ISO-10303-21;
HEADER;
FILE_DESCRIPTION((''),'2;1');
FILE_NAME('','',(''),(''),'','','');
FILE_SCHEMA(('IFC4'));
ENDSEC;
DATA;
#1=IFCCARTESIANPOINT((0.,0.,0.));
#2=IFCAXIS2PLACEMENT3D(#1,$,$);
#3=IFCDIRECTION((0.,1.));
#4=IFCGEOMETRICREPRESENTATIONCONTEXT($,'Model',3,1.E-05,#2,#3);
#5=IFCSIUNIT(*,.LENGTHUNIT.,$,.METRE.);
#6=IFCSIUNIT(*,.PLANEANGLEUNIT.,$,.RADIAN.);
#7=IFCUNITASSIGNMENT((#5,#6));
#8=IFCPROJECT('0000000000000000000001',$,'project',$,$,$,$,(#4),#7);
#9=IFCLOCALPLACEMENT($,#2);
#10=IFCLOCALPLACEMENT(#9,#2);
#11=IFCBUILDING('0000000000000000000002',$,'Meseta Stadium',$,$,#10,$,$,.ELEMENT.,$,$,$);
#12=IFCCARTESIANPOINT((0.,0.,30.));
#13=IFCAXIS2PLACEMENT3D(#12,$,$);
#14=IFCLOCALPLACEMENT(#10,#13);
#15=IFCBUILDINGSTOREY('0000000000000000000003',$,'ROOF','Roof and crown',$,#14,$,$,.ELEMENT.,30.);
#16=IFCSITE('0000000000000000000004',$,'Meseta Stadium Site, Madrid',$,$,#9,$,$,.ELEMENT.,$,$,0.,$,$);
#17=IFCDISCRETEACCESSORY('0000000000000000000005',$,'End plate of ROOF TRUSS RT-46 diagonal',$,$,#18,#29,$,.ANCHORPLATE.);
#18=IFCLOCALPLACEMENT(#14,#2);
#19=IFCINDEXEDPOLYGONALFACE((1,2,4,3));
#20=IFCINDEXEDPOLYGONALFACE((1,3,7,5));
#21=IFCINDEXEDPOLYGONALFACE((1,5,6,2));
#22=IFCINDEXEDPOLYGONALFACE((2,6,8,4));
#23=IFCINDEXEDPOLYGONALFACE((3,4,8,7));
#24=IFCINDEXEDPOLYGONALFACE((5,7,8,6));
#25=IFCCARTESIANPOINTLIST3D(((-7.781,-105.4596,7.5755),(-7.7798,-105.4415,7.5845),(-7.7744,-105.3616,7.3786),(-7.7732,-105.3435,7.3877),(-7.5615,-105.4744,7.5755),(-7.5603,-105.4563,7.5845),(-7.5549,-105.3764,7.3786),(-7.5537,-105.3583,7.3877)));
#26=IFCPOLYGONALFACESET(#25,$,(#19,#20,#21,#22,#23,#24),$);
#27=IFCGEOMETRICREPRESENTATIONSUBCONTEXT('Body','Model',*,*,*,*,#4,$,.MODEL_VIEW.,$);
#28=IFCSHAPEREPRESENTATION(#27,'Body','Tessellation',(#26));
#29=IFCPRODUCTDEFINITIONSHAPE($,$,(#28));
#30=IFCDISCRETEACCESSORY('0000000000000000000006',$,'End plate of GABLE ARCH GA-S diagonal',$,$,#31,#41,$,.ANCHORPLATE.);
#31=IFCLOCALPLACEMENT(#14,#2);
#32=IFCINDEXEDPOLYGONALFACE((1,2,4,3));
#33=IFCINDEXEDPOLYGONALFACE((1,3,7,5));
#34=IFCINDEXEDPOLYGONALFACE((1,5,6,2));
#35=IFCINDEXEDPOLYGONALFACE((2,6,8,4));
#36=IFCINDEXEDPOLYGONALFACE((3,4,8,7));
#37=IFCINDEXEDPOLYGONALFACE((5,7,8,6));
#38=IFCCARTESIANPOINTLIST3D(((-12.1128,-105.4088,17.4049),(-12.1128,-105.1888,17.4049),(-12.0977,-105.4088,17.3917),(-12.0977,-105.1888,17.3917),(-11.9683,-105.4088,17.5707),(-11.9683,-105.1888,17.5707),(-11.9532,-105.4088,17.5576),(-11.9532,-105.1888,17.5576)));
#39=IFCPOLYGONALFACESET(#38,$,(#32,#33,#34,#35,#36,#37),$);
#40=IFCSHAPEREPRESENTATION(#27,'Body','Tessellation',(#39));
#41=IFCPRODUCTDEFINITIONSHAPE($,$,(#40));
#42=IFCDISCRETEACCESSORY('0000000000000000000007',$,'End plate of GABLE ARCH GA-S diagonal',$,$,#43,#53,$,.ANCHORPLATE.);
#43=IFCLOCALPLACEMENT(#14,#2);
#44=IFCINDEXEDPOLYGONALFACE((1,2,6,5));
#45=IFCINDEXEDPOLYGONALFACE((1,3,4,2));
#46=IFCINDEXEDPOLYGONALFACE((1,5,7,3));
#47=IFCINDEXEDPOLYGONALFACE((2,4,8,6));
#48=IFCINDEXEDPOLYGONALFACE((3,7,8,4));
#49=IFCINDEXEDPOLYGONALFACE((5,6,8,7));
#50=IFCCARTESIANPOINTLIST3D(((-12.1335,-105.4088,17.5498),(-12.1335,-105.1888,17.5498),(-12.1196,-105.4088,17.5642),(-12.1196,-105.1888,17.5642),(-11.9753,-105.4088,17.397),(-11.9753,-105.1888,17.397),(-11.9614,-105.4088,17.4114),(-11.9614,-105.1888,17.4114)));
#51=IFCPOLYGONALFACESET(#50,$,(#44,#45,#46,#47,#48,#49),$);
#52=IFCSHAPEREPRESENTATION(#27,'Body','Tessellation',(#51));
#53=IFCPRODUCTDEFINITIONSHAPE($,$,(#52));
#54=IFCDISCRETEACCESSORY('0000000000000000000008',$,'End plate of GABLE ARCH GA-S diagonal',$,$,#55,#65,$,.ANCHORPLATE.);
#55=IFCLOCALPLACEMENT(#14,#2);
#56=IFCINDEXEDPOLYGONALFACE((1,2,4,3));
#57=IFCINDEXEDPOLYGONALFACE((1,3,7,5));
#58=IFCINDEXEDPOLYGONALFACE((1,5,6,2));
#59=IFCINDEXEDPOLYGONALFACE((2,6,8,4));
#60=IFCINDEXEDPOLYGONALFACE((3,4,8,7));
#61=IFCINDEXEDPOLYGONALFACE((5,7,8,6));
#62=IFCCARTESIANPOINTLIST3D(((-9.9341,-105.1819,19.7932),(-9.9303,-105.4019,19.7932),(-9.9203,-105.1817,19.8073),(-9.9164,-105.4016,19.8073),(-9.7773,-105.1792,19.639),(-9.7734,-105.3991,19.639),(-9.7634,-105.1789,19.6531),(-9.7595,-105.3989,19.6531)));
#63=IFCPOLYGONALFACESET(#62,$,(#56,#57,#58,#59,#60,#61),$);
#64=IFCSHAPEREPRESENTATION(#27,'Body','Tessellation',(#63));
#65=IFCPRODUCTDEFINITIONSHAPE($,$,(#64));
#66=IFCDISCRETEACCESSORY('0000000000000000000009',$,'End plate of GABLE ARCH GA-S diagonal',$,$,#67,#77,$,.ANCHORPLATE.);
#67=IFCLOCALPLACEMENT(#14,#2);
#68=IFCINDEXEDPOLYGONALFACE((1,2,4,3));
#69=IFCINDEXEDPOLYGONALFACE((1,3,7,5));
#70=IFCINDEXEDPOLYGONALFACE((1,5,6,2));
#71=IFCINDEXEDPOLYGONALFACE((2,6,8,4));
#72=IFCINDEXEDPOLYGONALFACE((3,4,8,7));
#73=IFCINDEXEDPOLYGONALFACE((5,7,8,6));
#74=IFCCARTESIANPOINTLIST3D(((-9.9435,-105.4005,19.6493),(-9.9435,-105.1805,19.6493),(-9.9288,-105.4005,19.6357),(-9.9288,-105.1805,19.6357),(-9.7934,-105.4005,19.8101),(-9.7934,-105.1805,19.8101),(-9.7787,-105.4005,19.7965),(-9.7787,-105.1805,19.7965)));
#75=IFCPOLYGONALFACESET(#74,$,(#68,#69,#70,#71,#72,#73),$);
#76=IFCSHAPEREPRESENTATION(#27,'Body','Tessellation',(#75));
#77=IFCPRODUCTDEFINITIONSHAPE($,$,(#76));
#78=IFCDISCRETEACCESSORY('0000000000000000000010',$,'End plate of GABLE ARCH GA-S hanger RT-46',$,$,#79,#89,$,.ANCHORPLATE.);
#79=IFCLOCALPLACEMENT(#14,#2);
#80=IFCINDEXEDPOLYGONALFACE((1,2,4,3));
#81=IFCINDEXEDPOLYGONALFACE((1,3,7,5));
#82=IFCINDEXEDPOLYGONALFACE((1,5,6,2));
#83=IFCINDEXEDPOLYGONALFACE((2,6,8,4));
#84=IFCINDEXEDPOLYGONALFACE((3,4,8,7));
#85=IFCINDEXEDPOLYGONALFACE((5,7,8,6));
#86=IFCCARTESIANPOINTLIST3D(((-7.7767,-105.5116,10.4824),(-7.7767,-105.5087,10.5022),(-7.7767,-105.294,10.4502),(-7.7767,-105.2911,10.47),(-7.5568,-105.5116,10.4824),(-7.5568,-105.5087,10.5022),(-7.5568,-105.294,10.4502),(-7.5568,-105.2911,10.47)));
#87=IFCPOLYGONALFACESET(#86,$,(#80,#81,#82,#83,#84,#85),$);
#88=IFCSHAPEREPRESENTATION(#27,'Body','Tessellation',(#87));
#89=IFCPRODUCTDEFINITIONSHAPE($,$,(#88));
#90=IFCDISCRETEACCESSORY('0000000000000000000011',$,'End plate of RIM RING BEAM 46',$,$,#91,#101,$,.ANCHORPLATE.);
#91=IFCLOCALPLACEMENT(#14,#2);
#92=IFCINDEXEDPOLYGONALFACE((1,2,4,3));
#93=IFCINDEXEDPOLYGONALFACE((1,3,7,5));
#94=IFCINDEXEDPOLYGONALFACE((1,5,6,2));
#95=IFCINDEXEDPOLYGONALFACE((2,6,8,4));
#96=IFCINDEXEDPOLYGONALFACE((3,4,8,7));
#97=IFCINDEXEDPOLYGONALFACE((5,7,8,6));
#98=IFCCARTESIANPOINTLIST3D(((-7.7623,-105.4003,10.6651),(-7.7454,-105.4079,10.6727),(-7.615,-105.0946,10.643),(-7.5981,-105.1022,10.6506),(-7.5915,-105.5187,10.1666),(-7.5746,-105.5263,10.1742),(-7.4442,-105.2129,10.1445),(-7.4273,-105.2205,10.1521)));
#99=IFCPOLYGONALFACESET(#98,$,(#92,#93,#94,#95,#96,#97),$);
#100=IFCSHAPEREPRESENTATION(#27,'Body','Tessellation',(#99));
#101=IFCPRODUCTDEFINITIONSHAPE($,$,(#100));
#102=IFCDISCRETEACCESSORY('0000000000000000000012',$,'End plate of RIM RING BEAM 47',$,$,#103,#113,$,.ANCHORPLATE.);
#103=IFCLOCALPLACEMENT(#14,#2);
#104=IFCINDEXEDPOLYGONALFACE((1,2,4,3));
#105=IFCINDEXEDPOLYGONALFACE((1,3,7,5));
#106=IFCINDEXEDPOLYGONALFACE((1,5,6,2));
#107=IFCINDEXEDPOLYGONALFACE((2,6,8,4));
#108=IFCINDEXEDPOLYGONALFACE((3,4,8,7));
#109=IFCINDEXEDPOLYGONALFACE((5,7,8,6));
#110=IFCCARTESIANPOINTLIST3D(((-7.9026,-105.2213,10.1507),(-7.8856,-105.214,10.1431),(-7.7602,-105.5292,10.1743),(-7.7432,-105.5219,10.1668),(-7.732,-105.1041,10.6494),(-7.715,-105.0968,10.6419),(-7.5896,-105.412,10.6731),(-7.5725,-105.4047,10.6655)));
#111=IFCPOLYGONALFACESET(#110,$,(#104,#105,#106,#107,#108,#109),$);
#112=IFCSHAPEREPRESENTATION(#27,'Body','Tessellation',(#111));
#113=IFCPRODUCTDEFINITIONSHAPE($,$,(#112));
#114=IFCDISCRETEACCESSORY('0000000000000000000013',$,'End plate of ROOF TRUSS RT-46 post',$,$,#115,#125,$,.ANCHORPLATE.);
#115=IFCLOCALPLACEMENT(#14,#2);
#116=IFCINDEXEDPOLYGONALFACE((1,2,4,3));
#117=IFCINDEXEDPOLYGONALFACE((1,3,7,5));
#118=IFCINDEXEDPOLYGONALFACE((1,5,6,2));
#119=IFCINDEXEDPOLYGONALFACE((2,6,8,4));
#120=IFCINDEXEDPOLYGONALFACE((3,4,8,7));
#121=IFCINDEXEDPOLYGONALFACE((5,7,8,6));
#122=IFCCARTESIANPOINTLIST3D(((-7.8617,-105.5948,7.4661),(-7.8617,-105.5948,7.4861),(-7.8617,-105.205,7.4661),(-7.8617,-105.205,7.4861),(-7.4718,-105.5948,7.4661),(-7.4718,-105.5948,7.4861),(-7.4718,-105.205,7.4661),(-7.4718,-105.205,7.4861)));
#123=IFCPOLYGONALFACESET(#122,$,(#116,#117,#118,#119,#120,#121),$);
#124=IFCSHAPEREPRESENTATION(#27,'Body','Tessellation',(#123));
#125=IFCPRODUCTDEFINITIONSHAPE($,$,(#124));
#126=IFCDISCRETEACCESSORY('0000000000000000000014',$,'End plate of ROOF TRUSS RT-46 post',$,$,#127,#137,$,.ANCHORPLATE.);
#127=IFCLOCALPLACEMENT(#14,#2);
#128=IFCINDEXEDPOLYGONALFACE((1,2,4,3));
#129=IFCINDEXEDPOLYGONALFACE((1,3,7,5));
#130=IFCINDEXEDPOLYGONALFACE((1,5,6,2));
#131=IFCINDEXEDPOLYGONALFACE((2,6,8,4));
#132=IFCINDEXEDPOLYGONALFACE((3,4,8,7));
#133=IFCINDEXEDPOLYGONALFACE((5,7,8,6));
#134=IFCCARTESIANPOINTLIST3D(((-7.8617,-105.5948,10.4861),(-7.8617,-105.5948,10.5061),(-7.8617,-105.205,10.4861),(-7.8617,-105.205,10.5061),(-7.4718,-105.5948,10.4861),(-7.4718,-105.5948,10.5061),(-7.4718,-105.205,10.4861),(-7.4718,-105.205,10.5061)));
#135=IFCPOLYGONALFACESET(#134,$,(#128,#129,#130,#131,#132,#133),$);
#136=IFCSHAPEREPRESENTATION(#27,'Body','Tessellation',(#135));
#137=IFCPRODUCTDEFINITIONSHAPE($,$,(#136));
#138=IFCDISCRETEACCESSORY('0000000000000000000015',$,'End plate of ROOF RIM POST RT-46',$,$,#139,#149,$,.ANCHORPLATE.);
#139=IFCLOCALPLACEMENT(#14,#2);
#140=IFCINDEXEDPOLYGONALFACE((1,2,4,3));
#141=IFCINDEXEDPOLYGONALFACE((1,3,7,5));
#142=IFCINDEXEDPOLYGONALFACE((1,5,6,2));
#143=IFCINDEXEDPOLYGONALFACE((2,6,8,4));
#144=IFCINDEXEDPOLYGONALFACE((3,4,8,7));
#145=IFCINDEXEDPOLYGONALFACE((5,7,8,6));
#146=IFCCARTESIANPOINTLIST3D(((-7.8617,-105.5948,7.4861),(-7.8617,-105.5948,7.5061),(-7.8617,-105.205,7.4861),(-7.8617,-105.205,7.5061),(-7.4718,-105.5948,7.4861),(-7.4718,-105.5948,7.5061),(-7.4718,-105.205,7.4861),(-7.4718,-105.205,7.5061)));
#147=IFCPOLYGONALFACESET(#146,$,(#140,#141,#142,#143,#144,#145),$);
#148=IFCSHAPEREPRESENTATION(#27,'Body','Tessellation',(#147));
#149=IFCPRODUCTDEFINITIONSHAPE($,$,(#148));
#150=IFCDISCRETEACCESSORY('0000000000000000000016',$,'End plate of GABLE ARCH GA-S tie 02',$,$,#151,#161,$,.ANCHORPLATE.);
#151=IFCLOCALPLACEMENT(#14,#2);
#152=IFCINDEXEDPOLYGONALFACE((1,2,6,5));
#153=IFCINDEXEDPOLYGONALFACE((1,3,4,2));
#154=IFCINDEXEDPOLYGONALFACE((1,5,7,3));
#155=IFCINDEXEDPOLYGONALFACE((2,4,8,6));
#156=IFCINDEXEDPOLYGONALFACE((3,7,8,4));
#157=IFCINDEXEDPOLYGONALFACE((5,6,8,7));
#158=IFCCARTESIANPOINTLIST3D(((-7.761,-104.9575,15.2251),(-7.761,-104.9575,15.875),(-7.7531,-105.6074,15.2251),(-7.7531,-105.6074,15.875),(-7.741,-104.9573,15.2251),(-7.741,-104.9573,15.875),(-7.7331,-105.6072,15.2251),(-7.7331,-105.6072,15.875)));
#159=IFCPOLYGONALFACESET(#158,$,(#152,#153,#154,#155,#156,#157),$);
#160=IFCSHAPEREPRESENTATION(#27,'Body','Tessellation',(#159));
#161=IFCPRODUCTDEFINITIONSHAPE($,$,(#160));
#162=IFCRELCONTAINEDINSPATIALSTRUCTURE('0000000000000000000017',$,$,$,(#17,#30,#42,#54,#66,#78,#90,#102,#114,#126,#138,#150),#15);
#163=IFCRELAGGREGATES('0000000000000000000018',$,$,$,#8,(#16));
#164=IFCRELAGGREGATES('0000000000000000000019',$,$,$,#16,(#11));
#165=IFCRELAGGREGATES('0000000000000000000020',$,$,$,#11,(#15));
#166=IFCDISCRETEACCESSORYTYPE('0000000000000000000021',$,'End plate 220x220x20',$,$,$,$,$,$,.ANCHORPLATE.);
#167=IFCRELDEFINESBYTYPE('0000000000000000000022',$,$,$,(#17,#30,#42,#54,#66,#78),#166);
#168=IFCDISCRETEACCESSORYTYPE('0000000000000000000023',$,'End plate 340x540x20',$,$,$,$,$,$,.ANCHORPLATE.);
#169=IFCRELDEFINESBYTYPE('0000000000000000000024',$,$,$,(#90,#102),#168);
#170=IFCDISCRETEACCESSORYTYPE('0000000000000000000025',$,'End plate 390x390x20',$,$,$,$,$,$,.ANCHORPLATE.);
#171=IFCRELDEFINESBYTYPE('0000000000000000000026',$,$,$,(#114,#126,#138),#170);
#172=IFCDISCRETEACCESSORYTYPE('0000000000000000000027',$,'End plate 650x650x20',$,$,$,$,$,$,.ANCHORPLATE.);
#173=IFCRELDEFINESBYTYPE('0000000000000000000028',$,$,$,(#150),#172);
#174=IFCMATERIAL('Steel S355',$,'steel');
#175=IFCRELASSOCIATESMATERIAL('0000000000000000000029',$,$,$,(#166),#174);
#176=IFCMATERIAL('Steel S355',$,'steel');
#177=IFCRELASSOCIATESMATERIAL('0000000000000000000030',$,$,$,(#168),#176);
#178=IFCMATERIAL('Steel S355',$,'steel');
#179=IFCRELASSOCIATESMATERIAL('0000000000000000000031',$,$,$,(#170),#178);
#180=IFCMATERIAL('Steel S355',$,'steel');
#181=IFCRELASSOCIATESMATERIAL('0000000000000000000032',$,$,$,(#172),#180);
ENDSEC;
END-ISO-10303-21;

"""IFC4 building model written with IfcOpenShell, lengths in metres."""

from ifc_helpers import new_model, si_unit, direction, frame, origin, origin_2d, place, context, subcontext, project, spatial, rectangle, extrude, material, material_profile, profile_set, type_object, element, save


model = new_model("IFC4")

# Units and contexts
model_context = context("Model", 3, precision=1e-05, world=origin(), true_north=direction((0.0, 1.0)))
body_context = subcontext(model_context, "Body", "Model", "MODEL_VIEW")
ifc_project = project(units=[si_unit("LENGTHUNIT", "METRE"), si_unit("PLANEANGLEUNIT", "RADIAN")], contexts=[model_context])

# Site, building, storey
site_placement = place(None, origin())
site = spatial("IfcSite", under=ifc_project, at=site_placement, Name="Meseta Stadium Site, Madrid", CompositionType="ELEMENT", RefElevation=0.0)
building_placement = place(site_placement, origin())
building = spatial("IfcBuilding", under=site, at=building_placement, Name="Meseta Stadium", CompositionType="ELEMENT")
storey_placement = place(building_placement, frame((0.0, 0.0, 30.0)))
storey = spatial("IfcBuildingStorey", under=building, at=storey_placement, Name="ROOF", Description="Roof and crown", CompositionType="ELEMENT", Elevation=30.0)

# Discrete accessories
ifc_material_1 = material(Name="Steel S355", Category="steel")
ifc_material_profile_1 = material_profile(ifc_material_1, rectangle(XDim=0.22, YDim=0.22, at=origin_2d()), Name="PL 220x220")
ifc_profile_set_1 = profile_set([ifc_material_profile_1], Name="Steel S355")
discrete_accessory_type_1 = type_object("IfcDiscreteAccessoryType", Name="End plate 220x220x20", PredefinedType="ANCHORPLATE", material=ifc_profile_set_1)
discrete_accessory_1_placement = place(storey_placement, frame((-7.6667, -105.3999, 7.4861), z_axis=(-0.060324, -0.892798, -0.446399), x_axis=(0.997725, -0.067414, 0.0)))
element("IfcDiscreteAccessory", 1, at=discrete_accessory_1_placement, inside=storey, type_object=discrete_accessory_type_1, Name="End plate of ROOF TRUSS RT-46 diagonal", PredefinedType="ANCHORPLATE", context=body_context, shape_type="SweptSolid", body=[
    extrude(rectangle(XDim=0.22, YDim=0.22, at=origin_2d()), origin(), (0.0, 0.0, 1.0), 0.0203),
])
for number, where, z_axis, x_axis, name in (
    (2, (-12.0405, -105.2988, 17.4878), (0.754082, 0.0, -0.656781), (0.0, 1.0, 0.0), "End plate of GABLE ARCH GA-S diagonal"),
    (3, (-12.0544, -105.2988, 17.4734), (0.694812, 0.0, 0.719191), (0.0, 1.0, 0.0), "End plate of GABLE ARCH GA-S diagonal"),
):
    element("IfcDiscreteAccessory", number, at=place(storey_placement, frame(where, z_axis=z_axis, x_axis=x_axis)), inside=storey, type_object=discrete_accessory_type_1, Name=name, PredefinedType="ANCHORPLATE", context=body_context, shape_type="SweptSolid", body=[
        extrude(rectangle(XDim=0.22, YDim=0.22, at=origin_2d()), origin(), (0.0, 0.0, 1.0), 0.02),
    ])
discrete_accessory_2_placement = place(storey_placement, frame((-9.8538, -105.2905, 19.7161), z_axis=(0.700879, 0.012296, 0.713175), x_axis=(-0.017541, 0.999846, 0.0)))
element("IfcDiscreteAccessory", 4, at=discrete_accessory_2_placement, inside=storey, type_object=discrete_accessory_type_1, Name="End plate of GABLE ARCH GA-S diagonal", PredefinedType="ANCHORPLATE", context=body_context, shape_type="SweptSolid", body=[
    extrude(rectangle(XDim=0.22, YDim=0.22, at=origin_2d()), origin(), (0.0, 0.0, 1.0), 0.0198),
])
for number, where, z_axis, x_axis, name in (
    (5, (-9.8684, -105.2905, 19.7297), (0.731055, 0.0, -0.682318), (0.0, 1.0, 0.0), "End plate of GABLE ARCH GA-S diagonal"),
    (6, (-7.6667, -105.3999, 10.4861), (0.0, -0.146549, -0.989203), (1.0, 0.0, 0.0), "End plate of GABLE ARCH GA-S hanger RT-46"),
):
    element("IfcDiscreteAccessory", number, at=place(storey_placement, frame(where, z_axis=z_axis, x_axis=x_axis)), inside=storey, type_object=discrete_accessory_type_1, Name=name, PredefinedType="ANCHORPLATE", context=body_context, shape_type="SweptSolid", body=[
        extrude(rectangle(XDim=0.22, YDim=0.22, at=origin_2d()), origin(), (0.0, 0.0, 1.0), 0.02),
    ])
ifc_material_2 = material(Name="Steel S355", Category="steel")
ifc_material_profile_2 = material_profile(ifc_material_2, rectangle(XDim=0.3401, YDim=0.54, at=origin_2d()), Name="PL 340x540")
ifc_profile_set_2 = profile_set([ifc_material_profile_2], Name="Steel S355")
discrete_accessory_type_2 = type_object("IfcDiscreteAccessoryType", Name="End plate 340x540x20", PredefinedType="ANCHORPLATE", material=ifc_profile_set_2)
for number, where, z_axis, x_axis, name in (
    (7, (-7.6033, -105.3066, 10.4048), (0.844041, -0.379207, 0.379207), (0.433103, 0.898997, -0.065006), "End plate of RIM RING BEAM 46"),
    (8, (-7.7461, -105.3167, 10.4119), (0.851319, 0.364851, -0.377013), (-0.418827, 0.905399, -0.069546), "End plate of RIM RING BEAM 47"),
):
    element("IfcDiscreteAccessory", number, at=place(storey_placement, frame(where, z_axis=z_axis, x_axis=x_axis)), inside=storey, type_object=discrete_accessory_type_2, Name=name, PredefinedType="ANCHORPLATE", context=body_context, shape_type="SweptSolid", body=[
        extrude(rectangle(XDim=0.3401, YDim=0.54, at=origin_2d()), origin(), (0.0, 0.0, 1.0), 0.02),
    ])
ifc_material_3 = material(Name="Steel S355", Category="steel")
ifc_material_profile_3 = material_profile(ifc_material_3, rectangle(XDim=0.3899, YDim=0.3899, at=origin_2d()), Name="PL 390x390")
ifc_profile_set_3 = profile_set([ifc_material_profile_3], Name="Steel S355")
discrete_accessory_type_3 = type_object("IfcDiscreteAccessoryType", Name="End plate 390x390x20", PredefinedType="ANCHORPLATE", material=ifc_profile_set_3)
for number, where, z_axis, x_axis, name in (
    (9, (-7.6667, -105.3999, 7.4661), (0.0, 0.0, 1.0), (1.0, 0.0, 0.0), "End plate of ROOF TRUSS RT-46 post"),
    (10, (-7.6667, -105.3999, 10.4861), (0.0, 0.0, 1.0), (1.0, 0.0, 0.0), "End plate of ROOF TRUSS RT-46 post"),
    (11, (-7.6667, -105.3999, 7.4861), (0.0, 0.0, 1.0), (1.0, 0.0, 0.0), "End plate of ROOF RIM POST RT-46"),
):
    element("IfcDiscreteAccessory", number, at=place(storey_placement, frame(where, z_axis=z_axis, x_axis=x_axis)), inside=storey, type_object=discrete_accessory_type_3, Name=name, PredefinedType="ANCHORPLATE", context=body_context, shape_type="SweptSolid", body=[
        extrude(rectangle(XDim=0.3899, YDim=0.3899, at=origin_2d()), origin(), (0.0, 0.0, 1.0), 0.02),
    ])
ifc_material_4 = material(Name="Steel S355", Category="steel")
ifc_material_profile_4 = material_profile(ifc_material_4, rectangle(XDim=0.6499, YDim=0.6499, at=origin_2d()), Name="PL 650x650")
ifc_profile_set_4 = profile_set([ifc_material_profile_4], Name="Steel S355")
discrete_accessory_type_4 = type_object("IfcDiscreteAccessoryType", Name="End plate 650x650x20", PredefinedType="ANCHORPLATE", material=ifc_profile_set_4)
discrete_accessory_3_placement = place(storey_placement, frame((-7.7571, -105.2825, 15.55), z_axis=(0.999926, 0.012194, 0.0), x_axis=(-0.012194, 0.999926, 0.0)))
element("IfcDiscreteAccessory", 12, at=discrete_accessory_3_placement, inside=storey, type_object=discrete_accessory_type_4, Name="End plate of GABLE ARCH GA-S tie 02", PredefinedType="ANCHORPLATE", context=body_context, shape_type="SweptSolid", body=[
    extrude(rectangle(XDim=0.6499, YDim=0.6499, at=origin_2d()), origin(), (0.0, 0.0, 1.0), 0.02),
])

save(model, "model.ifc")
